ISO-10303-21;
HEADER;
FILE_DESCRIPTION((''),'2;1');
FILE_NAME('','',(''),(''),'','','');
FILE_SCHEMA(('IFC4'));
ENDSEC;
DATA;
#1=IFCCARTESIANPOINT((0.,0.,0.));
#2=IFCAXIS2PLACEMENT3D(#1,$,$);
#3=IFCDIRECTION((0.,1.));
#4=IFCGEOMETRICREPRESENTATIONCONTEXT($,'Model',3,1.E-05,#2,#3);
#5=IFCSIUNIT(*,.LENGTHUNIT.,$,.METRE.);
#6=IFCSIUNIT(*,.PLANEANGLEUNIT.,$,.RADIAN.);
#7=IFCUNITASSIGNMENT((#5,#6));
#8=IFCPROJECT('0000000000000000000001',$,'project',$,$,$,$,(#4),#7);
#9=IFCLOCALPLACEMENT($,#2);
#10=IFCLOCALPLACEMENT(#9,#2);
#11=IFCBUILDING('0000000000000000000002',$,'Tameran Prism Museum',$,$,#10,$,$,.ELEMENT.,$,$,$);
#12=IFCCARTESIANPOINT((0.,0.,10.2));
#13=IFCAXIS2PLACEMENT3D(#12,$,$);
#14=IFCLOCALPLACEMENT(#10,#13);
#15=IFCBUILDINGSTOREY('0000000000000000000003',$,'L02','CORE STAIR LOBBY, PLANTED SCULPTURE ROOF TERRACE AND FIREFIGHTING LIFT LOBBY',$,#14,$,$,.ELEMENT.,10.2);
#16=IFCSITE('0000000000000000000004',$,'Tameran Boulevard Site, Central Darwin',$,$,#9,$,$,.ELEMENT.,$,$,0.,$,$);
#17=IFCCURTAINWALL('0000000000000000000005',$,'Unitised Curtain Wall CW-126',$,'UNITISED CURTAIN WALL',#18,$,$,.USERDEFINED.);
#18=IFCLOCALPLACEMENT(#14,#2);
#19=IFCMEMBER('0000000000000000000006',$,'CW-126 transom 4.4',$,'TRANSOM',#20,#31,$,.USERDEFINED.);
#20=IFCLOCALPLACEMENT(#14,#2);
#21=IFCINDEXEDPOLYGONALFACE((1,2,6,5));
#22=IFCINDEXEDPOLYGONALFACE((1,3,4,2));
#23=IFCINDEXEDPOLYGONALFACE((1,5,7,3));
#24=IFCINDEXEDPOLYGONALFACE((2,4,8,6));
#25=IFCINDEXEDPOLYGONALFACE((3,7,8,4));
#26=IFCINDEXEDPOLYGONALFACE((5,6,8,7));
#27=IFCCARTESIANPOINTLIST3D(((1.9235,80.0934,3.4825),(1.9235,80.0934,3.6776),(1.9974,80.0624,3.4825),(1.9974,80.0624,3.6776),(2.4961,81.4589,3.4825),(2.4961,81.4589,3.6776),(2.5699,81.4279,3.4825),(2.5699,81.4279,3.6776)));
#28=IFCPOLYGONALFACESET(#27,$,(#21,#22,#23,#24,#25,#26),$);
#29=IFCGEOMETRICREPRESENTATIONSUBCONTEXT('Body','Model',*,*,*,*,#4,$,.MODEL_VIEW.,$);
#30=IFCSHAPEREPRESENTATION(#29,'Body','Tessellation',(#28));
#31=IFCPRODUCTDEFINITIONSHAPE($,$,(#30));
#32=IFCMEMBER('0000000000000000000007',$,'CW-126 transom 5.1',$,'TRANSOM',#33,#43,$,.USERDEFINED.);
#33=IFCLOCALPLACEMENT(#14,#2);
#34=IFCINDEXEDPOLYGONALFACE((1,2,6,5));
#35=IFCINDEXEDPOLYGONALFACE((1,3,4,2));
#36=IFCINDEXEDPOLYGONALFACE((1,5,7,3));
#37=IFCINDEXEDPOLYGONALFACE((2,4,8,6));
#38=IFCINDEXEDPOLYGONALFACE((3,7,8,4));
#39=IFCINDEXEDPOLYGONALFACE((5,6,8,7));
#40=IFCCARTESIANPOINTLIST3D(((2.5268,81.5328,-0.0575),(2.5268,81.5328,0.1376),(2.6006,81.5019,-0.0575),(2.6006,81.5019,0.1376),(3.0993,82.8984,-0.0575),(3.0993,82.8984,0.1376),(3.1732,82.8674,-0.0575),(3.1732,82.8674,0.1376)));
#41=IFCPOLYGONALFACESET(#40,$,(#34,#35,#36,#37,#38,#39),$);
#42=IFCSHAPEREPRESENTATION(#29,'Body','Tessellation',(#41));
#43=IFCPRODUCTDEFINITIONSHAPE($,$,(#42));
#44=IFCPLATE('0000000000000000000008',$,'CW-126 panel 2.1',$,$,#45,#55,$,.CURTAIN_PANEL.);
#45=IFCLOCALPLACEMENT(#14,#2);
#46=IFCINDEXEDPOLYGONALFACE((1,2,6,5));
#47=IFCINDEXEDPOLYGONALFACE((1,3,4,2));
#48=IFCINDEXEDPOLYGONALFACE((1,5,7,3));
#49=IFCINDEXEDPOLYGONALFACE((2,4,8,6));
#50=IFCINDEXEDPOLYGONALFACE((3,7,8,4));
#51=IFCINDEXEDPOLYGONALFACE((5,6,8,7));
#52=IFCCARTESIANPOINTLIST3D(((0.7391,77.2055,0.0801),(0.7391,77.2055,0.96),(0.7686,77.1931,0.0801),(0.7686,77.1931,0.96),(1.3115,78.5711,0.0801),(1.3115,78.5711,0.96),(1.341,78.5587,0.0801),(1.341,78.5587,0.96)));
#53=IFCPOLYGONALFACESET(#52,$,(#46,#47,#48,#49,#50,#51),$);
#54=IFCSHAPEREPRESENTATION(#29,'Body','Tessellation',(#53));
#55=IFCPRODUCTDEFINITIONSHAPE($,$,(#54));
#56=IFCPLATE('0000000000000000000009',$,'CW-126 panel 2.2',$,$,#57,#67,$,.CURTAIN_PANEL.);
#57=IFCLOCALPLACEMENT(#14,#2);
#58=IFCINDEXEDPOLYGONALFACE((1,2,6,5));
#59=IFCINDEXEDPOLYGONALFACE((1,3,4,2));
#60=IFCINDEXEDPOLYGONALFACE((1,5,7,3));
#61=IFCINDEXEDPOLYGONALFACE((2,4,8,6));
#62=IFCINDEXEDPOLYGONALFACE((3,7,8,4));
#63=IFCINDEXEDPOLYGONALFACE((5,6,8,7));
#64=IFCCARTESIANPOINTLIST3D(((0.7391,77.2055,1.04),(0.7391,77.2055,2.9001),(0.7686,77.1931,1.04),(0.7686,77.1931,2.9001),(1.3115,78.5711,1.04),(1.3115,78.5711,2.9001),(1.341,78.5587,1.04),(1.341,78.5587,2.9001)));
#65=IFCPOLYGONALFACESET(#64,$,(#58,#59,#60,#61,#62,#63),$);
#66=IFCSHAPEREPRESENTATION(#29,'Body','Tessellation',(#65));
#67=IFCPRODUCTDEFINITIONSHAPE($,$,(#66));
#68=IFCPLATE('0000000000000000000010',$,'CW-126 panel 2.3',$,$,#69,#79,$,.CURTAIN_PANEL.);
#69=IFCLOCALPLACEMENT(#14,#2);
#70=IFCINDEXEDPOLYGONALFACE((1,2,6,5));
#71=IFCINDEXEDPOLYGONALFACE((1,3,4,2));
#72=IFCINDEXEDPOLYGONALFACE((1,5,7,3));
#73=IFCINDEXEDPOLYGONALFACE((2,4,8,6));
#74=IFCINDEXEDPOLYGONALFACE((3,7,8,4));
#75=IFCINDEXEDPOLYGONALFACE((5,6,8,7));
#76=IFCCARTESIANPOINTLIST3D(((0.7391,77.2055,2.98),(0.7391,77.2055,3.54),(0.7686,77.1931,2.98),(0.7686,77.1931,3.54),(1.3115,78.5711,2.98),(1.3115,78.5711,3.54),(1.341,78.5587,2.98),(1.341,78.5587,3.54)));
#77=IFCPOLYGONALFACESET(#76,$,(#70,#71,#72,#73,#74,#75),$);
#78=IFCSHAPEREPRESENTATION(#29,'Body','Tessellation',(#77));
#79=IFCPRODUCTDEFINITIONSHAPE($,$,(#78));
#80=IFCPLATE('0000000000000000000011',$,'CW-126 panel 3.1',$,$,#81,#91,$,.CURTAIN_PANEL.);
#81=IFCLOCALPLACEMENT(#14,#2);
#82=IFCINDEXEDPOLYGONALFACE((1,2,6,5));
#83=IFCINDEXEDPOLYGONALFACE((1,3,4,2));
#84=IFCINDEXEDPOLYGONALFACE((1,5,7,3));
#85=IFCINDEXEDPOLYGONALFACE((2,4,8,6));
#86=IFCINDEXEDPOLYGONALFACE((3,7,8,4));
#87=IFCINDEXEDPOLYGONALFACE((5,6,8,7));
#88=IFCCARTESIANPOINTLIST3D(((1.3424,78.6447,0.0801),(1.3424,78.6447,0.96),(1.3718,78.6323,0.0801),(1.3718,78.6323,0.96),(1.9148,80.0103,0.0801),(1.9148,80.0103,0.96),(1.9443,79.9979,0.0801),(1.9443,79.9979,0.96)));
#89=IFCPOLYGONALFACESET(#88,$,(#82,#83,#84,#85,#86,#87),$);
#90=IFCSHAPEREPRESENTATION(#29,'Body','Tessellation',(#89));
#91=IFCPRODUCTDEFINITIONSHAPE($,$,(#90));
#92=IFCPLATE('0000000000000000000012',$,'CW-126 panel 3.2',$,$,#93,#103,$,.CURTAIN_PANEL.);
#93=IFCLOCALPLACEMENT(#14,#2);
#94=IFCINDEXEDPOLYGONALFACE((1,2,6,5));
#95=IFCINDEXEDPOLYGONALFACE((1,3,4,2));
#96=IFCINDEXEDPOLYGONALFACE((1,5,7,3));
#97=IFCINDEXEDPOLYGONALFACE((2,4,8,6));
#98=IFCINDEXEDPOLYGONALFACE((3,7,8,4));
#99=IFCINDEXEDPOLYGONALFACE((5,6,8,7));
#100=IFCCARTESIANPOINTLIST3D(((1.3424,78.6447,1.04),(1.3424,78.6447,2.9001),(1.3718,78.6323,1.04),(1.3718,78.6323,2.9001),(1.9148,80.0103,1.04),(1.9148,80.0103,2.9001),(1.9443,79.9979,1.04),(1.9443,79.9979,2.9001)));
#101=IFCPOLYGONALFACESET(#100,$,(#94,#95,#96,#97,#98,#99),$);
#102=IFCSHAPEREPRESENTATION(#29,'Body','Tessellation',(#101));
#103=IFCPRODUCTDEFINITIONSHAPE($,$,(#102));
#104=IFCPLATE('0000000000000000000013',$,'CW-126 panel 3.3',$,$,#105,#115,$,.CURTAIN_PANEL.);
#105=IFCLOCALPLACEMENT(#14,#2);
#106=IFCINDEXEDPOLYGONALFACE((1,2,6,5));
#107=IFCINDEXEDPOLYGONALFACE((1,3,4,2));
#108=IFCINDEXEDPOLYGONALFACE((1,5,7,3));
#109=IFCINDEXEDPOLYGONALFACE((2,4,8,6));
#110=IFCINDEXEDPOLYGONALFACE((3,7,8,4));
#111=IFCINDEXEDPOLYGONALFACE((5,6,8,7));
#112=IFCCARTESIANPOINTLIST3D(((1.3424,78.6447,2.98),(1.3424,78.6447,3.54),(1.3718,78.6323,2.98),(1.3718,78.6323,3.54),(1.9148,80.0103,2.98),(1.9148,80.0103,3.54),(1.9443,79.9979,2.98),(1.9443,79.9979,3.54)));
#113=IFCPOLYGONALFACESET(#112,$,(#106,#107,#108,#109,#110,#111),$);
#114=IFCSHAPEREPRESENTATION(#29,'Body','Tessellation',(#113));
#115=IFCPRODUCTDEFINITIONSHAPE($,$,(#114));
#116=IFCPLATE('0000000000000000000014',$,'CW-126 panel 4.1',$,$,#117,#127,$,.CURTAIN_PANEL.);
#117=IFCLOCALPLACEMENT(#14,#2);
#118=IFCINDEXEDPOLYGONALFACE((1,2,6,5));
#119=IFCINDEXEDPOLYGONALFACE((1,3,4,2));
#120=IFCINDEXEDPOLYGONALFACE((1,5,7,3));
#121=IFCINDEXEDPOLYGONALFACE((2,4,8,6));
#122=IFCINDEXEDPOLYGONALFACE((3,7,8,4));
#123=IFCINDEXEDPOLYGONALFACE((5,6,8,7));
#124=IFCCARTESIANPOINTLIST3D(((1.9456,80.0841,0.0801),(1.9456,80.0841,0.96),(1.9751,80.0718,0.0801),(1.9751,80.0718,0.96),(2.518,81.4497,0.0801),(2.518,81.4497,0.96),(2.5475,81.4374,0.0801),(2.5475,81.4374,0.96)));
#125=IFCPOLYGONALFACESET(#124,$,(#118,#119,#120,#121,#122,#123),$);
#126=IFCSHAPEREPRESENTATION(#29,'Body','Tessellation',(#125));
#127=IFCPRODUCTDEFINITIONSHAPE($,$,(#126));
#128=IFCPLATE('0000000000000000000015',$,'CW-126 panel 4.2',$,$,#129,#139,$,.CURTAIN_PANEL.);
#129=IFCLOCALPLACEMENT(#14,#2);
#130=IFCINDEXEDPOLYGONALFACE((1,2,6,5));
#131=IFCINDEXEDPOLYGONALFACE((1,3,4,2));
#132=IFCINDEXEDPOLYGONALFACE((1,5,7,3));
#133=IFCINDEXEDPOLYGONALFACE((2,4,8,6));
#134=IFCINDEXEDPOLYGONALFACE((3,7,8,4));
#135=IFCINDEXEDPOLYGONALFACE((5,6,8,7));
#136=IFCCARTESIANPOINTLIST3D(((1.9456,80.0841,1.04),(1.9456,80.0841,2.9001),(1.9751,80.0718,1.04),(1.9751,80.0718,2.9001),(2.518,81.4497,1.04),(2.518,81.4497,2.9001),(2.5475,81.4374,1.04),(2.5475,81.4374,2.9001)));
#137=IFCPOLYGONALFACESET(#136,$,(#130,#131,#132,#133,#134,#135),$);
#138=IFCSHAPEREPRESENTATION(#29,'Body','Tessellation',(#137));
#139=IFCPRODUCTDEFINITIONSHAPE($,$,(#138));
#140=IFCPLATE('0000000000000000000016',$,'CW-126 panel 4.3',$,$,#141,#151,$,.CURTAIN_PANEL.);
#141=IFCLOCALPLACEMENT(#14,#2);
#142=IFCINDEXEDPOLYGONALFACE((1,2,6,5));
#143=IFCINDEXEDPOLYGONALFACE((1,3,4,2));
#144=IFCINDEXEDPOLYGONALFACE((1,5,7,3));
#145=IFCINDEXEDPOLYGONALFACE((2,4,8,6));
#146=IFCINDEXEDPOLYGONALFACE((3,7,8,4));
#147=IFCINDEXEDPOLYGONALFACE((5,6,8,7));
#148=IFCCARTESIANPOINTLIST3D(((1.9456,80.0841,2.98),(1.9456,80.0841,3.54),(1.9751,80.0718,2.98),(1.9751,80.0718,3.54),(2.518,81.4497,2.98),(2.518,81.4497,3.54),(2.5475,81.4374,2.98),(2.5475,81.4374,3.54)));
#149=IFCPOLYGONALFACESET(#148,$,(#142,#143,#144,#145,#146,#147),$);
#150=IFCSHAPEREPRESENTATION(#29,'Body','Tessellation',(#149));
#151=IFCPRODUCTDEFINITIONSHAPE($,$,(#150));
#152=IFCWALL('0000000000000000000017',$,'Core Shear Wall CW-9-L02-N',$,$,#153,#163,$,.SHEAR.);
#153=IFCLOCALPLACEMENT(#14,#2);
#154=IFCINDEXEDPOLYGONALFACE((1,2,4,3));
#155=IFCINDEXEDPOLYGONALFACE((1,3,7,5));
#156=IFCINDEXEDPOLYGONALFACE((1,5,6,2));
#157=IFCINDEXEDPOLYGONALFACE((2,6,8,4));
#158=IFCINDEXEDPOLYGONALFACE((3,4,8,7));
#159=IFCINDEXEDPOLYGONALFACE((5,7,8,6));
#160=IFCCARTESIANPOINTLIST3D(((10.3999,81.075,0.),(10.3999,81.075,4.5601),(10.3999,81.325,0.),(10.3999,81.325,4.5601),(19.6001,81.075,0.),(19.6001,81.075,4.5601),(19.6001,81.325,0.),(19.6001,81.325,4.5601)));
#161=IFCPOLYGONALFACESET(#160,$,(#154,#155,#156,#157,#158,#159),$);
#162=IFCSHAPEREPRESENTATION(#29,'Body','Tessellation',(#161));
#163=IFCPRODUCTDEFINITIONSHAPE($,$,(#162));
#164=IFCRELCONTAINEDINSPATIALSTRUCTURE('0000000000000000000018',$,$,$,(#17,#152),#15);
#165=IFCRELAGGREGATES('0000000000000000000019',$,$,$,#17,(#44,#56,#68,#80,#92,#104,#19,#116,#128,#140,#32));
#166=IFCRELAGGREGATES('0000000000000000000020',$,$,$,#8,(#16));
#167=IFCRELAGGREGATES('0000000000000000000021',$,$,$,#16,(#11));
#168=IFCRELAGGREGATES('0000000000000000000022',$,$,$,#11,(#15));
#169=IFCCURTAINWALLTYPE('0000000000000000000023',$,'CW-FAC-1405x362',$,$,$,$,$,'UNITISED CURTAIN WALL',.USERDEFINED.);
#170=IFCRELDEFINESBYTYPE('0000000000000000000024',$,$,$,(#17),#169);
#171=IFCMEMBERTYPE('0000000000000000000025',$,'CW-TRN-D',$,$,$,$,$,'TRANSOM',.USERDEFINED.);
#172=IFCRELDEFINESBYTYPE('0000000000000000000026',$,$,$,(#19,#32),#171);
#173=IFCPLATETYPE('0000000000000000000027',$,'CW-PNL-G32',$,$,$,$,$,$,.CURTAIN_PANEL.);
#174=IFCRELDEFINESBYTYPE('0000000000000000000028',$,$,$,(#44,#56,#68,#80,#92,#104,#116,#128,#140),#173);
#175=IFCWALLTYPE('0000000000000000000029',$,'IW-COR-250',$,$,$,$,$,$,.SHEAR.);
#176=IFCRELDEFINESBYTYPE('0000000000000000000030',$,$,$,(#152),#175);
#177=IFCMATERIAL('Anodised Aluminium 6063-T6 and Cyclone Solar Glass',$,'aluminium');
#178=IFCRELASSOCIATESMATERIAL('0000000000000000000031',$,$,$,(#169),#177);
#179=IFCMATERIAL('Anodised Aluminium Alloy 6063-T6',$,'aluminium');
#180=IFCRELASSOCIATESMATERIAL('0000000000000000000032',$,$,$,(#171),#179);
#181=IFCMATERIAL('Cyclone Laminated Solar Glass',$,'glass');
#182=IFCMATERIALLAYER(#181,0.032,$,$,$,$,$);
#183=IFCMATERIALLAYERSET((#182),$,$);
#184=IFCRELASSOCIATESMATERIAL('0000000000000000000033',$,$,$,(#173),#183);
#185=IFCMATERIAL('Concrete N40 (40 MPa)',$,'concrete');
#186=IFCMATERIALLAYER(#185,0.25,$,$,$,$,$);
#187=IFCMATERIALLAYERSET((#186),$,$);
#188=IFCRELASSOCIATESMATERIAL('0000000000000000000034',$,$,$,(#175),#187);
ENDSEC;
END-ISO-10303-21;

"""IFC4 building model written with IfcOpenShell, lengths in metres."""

from ifc_helpers import new_model, si_unit, direction, frame, frame_2d, origin, origin_2d, place, context, subcontext, project, spatial, rectangle, extrude, material, layer, layer_set, material_profile, profile_set, type_object, element, aggregate, save


model = new_model("IFC4")

# Units and contexts
model_context = context("Model", 3, precision=1e-05, world=origin(), true_north=direction((0.0, 1.0)))
body_context = subcontext(model_context, "Body", "Model", "MODEL_VIEW")
ifc_project = project(units=[si_unit("LENGTHUNIT", "METRE"), si_unit("PLANEANGLEUNIT", "RADIAN")], contexts=[model_context])

# Site, building, storey
site_placement = place(None, origin())
site = spatial("IfcSite", under=ifc_project, at=site_placement, Name="Tameran Boulevard Site, Central Darwin", CompositionType="ELEMENT", RefElevation=0.0)
building_placement = place(site_placement, origin())
building = spatial("IfcBuilding", under=site, at=building_placement, Name="Tameran Prism Museum", CompositionType="ELEMENT")
storey_placement = place(building_placement, frame((0.0, 0.0, 10.2)))
storey = spatial("IfcBuildingStorey", under=building, at=storey_placement, Name="L02", Description="CORE STAIR LOBBY, PLANTED SCULPTURE ROOF TERRACE AND FIREFIGHTING LIFT LOBBY", CompositionType="ELEMENT", Elevation=10.2)

# Curtain wall, members, plates
ifc_material_1 = material(Name="Anodised Aluminium 6063-T6 and Cyclone Solar Glass", Category="aluminium")
curtain_wall_type = type_object("IfcCurtainWallType", Name="CW-FAC-1405x362", ElementType="UNITISED CURTAIN WALL", PredefinedType="USERDEFINED", material=ifc_material_1)
curtain_wall_placement = place(storey_placement, origin())
curtain_wall = element("IfcCurtainWall", 1, at=curtain_wall_placement, inside=storey, type_object=curtain_wall_type, Name="Unitised Curtain Wall CW-126", ObjectType="UNITISED CURTAIN WALL", PredefinedType="USERDEFINED")
ifc_material_2 = material(Name="Anodised Aluminium Alloy 6063-T6", Category="aluminium")
ifc_material_profile_1 = material_profile(ifc_material_2, rectangle(XDim=0.0801, YDim=0.1951, at=origin_2d()))
ifc_profile_set_1 = profile_set([ifc_material_profile_1])
member_type_1 = type_object("IfcMemberType", Name="CW-TRN-D", ElementType="TRANSOM", PredefinedType="USERDEFINED", material=ifc_profile_set_1)
member_1_placement = place(storey_placement, frame((1.9604, 80.0779, 3.5801), z_axis=(0.386663, 0.922221, 0.0), x_axis=(-0.922221, 0.386663, 0.0)))
member_1 = element("IfcMember", 2, at=member_1_placement, type_object=member_type_1, Name="CW-126 transom 4.4", ObjectType="TRANSOM", PredefinedType="USERDEFINED", context=body_context, shape_type="SweptSolid", body=[
    extrude(rectangle(XDim=0.0801, YDim=0.1951, at=origin_2d()), origin(), (0.0, 0.0, 1.0), 1.4807),
])
member_2_placement = place(storey_placement, frame((2.5637, 81.5173, 0.04), z_axis=(0.386663, 0.922221, 0.0), x_axis=(-0.922221, 0.386663, 0.0)))
member_2 = element("IfcMember", 3, at=member_2_placement, type_object=member_type_1, Name="CW-126 transom 5.1", ObjectType="TRANSOM", PredefinedType="USERDEFINED", context=body_context, shape_type="SweptSolid", body=[
    extrude(rectangle(XDim=0.0801, YDim=0.1951, at=origin_2d()), origin(), (0.0, 0.0, 1.0), 1.4807),
])
ifc_material_3 = material(Name="Cyclone Laminated Solar Glass", Category="glass")
ifc_layer_1 = layer(ifc_material_3, 0.032)
ifc_layer_set_1 = layer_set([ifc_layer_1])
plate_type = type_object("IfcPlateType", Name="CW-PNL-G32", PredefinedType="CURTAIN_PANEL", material=ifc_layer_set_1)
plate_1_placement = place(storey_placement, frame((1.04, 77.8821, 0.0801), z_axis=(0.0, 0.0, 1.0), x_axis=(0.386586, 0.922253, 0.0)))
plate_1 = element("IfcPlate", 4, at=plate_1_placement, type_object=plate_type, Name="CW-126 panel 2.1", PredefinedType="CURTAIN_PANEL", context=body_context, shape_type="SweptSolid", body=[
    extrude(rectangle(XDim=1.4807, YDim=0.032, at=origin_2d()), origin(), (0.0, 0.0, 1.0), 0.8799),
])
plate_2_placement = place(storey_placement, frame((1.04, 77.8821, 1.04), z_axis=(0.0, 0.0, 1.0), x_axis=(0.386586, 0.922253, 0.0)))
plate_2 = element("IfcPlate", 5, at=plate_2_placement, type_object=plate_type, Name="CW-126 panel 2.2", PredefinedType="CURTAIN_PANEL", context=body_context, shape_type="SweptSolid", body=[
    extrude(rectangle(XDim=1.4807, YDim=0.032, at=origin_2d()), origin(), (0.0, 0.0, 1.0), 1.8601),
])
plate_3_placement = place(storey_placement, frame((1.04, 77.8821, 2.98), z_axis=(0.0, 0.0, 1.0), x_axis=(0.386586, 0.922253, 0.0)))
plate_3 = element("IfcPlate", 6, at=plate_3_placement, type_object=plate_type, Name="CW-126 panel 2.3", PredefinedType="CURTAIN_PANEL", context=body_context, shape_type="SweptSolid", body=[
    extrude(rectangle(XDim=1.4807, YDim=0.032, at=origin_2d()), origin(), (0.0, 0.0, 1.0), 0.5601),
])
plate_4_placement = place(storey_placement, frame((1.6433, 79.3213, 0.0801), z_axis=(0.0, 0.0, 1.0), x_axis=(0.386586, 0.922253, 0.0)))
plate_4 = element("IfcPlate", 7, at=plate_4_placement, type_object=plate_type, Name="CW-126 panel 3.1", PredefinedType="CURTAIN_PANEL", context=body_context, shape_type="SweptSolid", body=[
    extrude(rectangle(XDim=1.4807, YDim=0.032, at=origin_2d()), origin(), (0.0, 0.0, 1.0), 0.8799),
])
plate_5_placement = place(storey_placement, frame((1.6433, 79.3213, 1.04), z_axis=(0.0, 0.0, 1.0), x_axis=(0.386586, 0.922253, 0.0)))
plate_5 = element("IfcPlate", 8, at=plate_5_placement, type_object=plate_type, Name="CW-126 panel 3.2", PredefinedType="CURTAIN_PANEL", context=body_context, shape_type="SweptSolid", body=[
    extrude(rectangle(XDim=1.4807, YDim=0.032, at=origin_2d()), origin(), (0.0, 0.0, 1.0), 1.8601),
])
plate_6_placement = place(storey_placement, frame((1.6433, 79.3213, 2.98), z_axis=(0.0, 0.0, 1.0), x_axis=(0.386586, 0.922253, 0.0)))
plate_6 = element("IfcPlate", 9, at=plate_6_placement, type_object=plate_type, Name="CW-126 panel 3.3", PredefinedType="CURTAIN_PANEL", context=body_context, shape_type="SweptSolid", body=[
    extrude(rectangle(XDim=1.4807, YDim=0.032, at=origin_2d()), origin(), (0.0, 0.0, 1.0), 0.5601),
])
plate_7_placement = place(storey_placement, frame((2.2466, 80.7607, 0.0801), z_axis=(0.0, 0.0, 1.0), x_axis=(0.386586, 0.922253, 0.0)))
plate_7 = element("IfcPlate", 10, at=plate_7_placement, type_object=plate_type, Name="CW-126 panel 4.1", PredefinedType="CURTAIN_PANEL", context=body_context, shape_type="SweptSolid", body=[
    extrude(rectangle(XDim=1.4807, YDim=0.032, at=origin_2d()), origin(), (0.0, 0.0, 1.0), 0.8799),
])
plate_8_placement = place(storey_placement, frame((2.2466, 80.7607, 1.04), z_axis=(0.0, 0.0, 1.0), x_axis=(0.386586, 0.922253, 0.0)))
plate_8 = element("IfcPlate", 11, at=plate_8_placement, type_object=plate_type, Name="CW-126 panel 4.2", PredefinedType="CURTAIN_PANEL", context=body_context, shape_type="SweptSolid", body=[
    extrude(rectangle(XDim=1.4807, YDim=0.032, at=origin_2d()), origin(), (0.0, 0.0, 1.0), 1.8601),
])
plate_9_placement = place(storey_placement, frame((2.2466, 80.7607, 2.98), z_axis=(0.0, 0.0, 1.0), x_axis=(0.386586, 0.922253, 0.0)))
plate_9 = element("IfcPlate", 12, at=plate_9_placement, type_object=plate_type, Name="CW-126 panel 4.3", PredefinedType="CURTAIN_PANEL", context=body_context, shape_type="SweptSolid", body=[
    extrude(rectangle(XDim=1.4807, YDim=0.032, at=origin_2d()), origin(), (0.0, 0.0, 1.0), 0.5601),
])
aggregate(curtain_wall, [plate_1, plate_2, plate_3, plate_4, plate_5, plate_6, member_1, plate_7, plate_8, plate_9, member_2])

# Wall
ifc_material_4 = material(Name="Concrete N40 (40 MPa)", Category="concrete")
ifc_layer_2 = layer(ifc_material_4, 0.25)
ifc_layer_set_2 = layer_set([ifc_layer_2])
wall_type = type_object("IfcWallType", Name="IW-COR-250", PredefinedType="SHEAR", material=ifc_layer_set_2)
wall_placement = place(storey_placement, frame((10.3999, 81.2, 0.0), z_axis=(0.0, 0.0, 1.0), x_axis=(1.0, 0.0, 0.0)))
element("IfcWall", 13, at=wall_placement, inside=storey, type_object=wall_type, Name="Core Shear Wall CW-9-L02-N", PredefinedType="SHEAR", context=body_context, shape_type="SweptSolid", body=[
    extrude(rectangle(XDim=9.2002, YDim=0.25, at=frame_2d((4.6001, 0.0))), origin(), (0.0, 0.0, 1.0), 4.5601),
])

save(model, "model.ifc")
